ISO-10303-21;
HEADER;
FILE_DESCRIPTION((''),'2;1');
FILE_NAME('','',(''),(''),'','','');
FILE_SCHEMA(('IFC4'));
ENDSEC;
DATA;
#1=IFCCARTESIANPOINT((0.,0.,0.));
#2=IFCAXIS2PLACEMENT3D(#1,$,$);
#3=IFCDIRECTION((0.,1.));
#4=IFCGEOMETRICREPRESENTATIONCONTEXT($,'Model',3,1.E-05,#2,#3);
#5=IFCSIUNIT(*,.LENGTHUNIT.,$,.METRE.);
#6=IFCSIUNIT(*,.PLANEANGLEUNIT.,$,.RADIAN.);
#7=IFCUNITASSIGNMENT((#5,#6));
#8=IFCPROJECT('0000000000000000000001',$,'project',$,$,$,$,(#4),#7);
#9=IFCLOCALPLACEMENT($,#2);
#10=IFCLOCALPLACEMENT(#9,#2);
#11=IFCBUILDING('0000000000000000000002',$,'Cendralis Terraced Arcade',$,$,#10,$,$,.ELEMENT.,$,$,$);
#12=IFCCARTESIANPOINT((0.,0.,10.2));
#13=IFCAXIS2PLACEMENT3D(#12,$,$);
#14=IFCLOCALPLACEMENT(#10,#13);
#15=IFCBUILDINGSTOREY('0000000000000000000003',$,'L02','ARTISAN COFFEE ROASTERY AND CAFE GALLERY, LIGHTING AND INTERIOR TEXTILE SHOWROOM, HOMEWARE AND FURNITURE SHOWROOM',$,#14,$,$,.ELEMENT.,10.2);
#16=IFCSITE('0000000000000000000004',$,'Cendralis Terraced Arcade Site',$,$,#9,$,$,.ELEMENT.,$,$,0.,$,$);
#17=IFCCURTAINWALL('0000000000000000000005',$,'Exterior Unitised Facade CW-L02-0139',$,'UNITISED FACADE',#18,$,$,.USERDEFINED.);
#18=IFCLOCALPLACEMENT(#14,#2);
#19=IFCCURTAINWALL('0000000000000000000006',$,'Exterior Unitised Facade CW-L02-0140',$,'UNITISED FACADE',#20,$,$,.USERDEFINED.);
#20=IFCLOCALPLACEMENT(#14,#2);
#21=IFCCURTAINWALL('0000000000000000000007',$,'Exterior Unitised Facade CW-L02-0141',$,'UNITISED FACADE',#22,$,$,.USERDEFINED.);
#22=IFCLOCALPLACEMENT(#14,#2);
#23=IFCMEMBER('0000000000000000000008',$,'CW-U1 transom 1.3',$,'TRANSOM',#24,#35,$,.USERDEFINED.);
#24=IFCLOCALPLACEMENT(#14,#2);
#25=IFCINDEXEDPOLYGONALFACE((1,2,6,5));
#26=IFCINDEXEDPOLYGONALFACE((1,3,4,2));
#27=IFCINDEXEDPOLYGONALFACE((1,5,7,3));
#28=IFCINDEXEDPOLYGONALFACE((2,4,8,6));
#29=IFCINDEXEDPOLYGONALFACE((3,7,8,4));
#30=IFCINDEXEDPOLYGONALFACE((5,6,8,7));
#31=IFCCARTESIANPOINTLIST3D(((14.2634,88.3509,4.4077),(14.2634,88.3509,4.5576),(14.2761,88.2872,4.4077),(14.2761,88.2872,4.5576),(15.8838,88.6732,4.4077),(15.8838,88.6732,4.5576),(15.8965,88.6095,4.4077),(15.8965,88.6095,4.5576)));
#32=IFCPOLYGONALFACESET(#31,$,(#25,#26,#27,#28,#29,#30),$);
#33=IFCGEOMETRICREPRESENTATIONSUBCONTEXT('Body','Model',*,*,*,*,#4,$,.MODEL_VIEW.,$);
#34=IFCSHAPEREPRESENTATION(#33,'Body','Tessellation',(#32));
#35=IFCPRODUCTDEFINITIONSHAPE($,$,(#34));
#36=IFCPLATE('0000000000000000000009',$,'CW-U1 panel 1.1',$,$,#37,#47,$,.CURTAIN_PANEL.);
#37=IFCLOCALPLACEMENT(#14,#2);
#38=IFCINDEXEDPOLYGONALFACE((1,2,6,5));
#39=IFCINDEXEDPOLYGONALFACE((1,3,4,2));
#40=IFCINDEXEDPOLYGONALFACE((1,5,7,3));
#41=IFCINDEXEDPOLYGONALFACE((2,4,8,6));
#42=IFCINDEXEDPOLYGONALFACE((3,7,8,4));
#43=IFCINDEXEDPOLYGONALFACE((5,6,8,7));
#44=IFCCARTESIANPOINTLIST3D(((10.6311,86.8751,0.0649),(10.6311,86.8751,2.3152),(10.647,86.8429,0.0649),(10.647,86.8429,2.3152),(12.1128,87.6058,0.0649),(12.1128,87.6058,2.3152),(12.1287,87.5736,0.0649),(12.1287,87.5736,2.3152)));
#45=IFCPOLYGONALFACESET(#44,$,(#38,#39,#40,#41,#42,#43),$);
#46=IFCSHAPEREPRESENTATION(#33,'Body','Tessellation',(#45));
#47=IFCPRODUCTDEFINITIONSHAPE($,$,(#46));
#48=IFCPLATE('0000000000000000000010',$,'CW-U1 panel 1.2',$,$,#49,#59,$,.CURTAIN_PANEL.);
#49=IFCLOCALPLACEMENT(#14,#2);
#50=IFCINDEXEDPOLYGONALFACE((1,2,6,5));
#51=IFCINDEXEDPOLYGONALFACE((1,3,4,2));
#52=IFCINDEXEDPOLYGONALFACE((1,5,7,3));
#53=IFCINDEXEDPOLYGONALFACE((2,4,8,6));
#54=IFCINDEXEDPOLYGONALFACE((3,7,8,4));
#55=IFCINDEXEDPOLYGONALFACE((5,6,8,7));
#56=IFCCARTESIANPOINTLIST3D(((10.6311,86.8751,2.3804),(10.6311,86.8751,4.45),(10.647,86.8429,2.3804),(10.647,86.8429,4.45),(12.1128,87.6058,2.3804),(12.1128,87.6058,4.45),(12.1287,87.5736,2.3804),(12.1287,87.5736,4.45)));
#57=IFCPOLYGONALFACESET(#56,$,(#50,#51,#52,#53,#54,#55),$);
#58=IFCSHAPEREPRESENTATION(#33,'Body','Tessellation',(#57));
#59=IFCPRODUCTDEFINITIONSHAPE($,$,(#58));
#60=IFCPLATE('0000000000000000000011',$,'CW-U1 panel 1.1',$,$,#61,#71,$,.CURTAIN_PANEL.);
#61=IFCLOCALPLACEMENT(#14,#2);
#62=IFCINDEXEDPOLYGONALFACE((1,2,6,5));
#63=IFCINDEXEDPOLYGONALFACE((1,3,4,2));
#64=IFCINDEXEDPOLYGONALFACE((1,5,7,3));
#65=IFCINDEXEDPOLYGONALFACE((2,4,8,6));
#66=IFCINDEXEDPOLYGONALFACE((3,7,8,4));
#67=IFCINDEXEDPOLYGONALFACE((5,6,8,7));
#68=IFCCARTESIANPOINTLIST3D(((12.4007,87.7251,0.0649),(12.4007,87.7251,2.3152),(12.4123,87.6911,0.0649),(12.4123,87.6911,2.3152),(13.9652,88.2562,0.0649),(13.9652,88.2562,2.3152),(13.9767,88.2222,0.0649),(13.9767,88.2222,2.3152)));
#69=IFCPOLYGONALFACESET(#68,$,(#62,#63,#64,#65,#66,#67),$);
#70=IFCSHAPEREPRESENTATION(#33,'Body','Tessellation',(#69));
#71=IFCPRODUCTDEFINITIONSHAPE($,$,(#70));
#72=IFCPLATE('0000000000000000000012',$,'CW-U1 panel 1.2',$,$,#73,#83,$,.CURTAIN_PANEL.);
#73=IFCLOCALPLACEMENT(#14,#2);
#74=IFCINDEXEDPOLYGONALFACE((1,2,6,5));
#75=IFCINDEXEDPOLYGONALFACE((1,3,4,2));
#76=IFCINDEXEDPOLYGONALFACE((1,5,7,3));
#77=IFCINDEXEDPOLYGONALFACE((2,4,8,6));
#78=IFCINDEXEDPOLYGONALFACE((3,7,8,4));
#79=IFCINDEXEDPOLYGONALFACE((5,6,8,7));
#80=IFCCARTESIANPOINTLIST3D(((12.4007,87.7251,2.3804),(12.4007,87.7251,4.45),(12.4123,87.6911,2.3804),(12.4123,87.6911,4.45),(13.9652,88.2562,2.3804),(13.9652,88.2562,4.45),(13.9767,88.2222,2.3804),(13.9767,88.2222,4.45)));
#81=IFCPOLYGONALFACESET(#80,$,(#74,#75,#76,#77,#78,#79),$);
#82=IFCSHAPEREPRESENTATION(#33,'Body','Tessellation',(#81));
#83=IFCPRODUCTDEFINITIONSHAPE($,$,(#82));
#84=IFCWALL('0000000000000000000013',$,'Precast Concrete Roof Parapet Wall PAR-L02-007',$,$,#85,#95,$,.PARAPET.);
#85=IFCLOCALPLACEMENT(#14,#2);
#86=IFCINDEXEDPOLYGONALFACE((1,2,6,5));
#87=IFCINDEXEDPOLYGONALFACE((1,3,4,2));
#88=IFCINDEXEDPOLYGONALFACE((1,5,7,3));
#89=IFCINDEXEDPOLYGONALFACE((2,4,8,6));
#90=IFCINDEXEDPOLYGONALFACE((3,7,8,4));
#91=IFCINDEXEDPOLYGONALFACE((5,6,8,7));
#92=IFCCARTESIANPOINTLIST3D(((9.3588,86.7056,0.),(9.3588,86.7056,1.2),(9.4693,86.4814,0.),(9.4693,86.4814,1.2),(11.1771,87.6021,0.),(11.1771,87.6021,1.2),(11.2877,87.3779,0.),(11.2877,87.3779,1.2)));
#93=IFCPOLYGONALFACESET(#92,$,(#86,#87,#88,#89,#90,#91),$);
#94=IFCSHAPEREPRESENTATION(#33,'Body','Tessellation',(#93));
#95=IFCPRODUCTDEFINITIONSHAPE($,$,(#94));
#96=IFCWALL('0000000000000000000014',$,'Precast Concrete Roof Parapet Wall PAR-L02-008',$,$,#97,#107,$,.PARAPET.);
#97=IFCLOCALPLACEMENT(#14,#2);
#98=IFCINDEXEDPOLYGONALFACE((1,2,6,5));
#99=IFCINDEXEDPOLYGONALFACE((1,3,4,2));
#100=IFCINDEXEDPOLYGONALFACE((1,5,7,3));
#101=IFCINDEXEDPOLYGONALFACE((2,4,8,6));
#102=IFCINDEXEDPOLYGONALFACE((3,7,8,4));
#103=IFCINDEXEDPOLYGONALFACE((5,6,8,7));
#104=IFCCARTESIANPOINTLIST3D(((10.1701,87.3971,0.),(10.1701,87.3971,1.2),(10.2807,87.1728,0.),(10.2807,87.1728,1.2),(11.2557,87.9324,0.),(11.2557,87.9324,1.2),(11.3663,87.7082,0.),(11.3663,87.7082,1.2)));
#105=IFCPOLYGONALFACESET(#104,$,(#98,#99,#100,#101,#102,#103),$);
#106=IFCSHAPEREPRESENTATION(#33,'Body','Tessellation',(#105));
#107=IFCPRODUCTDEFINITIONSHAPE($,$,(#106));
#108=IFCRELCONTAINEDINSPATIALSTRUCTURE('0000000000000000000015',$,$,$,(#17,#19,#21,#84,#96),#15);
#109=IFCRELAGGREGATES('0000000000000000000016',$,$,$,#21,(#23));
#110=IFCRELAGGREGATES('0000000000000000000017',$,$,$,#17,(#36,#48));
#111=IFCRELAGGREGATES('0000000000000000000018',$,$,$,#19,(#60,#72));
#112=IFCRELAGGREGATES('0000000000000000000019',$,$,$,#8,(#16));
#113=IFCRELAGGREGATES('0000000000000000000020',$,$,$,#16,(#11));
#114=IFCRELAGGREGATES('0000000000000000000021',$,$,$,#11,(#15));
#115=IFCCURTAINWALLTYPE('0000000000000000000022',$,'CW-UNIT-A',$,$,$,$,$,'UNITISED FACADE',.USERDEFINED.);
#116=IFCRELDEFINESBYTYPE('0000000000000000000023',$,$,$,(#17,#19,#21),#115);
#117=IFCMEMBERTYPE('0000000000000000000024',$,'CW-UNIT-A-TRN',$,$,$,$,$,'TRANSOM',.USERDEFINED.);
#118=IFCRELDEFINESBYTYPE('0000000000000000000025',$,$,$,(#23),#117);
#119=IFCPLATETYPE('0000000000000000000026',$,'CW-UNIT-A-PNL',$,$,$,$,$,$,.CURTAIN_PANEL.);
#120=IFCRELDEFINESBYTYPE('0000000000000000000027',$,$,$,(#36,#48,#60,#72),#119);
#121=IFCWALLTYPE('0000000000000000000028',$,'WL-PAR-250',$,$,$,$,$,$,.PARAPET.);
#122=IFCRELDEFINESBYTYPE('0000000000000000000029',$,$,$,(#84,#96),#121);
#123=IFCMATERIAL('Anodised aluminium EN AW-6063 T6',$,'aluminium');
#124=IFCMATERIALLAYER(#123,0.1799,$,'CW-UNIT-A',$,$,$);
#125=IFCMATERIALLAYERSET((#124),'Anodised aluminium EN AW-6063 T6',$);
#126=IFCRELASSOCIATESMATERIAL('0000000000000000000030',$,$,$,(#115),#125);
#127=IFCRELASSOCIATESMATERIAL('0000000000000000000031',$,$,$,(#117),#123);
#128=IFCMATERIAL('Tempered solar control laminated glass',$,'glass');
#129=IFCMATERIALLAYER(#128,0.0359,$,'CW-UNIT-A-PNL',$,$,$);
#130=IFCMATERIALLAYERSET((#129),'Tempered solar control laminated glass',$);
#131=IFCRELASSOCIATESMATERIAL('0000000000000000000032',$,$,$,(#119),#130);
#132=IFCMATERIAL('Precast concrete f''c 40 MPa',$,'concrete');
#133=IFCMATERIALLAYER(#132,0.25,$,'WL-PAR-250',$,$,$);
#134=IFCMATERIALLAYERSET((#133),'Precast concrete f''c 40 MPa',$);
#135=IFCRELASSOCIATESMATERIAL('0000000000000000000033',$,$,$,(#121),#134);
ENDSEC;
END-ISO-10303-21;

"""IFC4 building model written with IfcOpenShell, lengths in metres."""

from ifc_helpers import new_model, si_unit, direction, frame, frame_2d, origin, origin_2d, place, context, subcontext, project, spatial, rectangle, extrude, material, layer, layer_set, material_profile, profile_set, type_object, element, aggregate, save


model = new_model("IFC4")

# Units and contexts
model_context = context("Model", 3, precision=1e-05, world=origin(), true_north=direction((0.0, 1.0)))
body_context = subcontext(model_context, "Body", "Model", "MODEL_VIEW")
ifc_project = project(units=[si_unit("LENGTHUNIT", "METRE"), si_unit("PLANEANGLEUNIT", "RADIAN")], contexts=[model_context])

# Site, building, storey
site_placement = place(None, origin())
site = spatial("IfcSite", under=ifc_project, at=site_placement, Name="Cendralis Terraced Arcade Site", CompositionType="ELEMENT", RefElevation=0.0)
building_placement = place(site_placement, origin())
building = spatial("IfcBuilding", under=site, at=building_placement, Name="Cendralis Terraced Arcade", CompositionType="ELEMENT")
storey_placement = place(building_placement, frame((0.0, 0.0, 10.2)))
storey = spatial("IfcBuildingStorey", under=building, at=storey_placement, Name="L02", Description="ARTISAN COFFEE ROASTERY AND CAFE GALLERY, LIGHTING AND INTERIOR TEXTILE SHOWROOM, HOMEWARE AND FURNITURE SHOWROOM", CompositionType="ELEMENT", Elevation=10.2)

# Shared definitions
ifc_material_1 = material(Name="Anodised aluminium EN AW-6063 T6", Category="aluminium")
ifc_layer_1 = layer(ifc_material_1, 0.1799, Name="CW-UNIT-A")
ifc_layer_set_1 = layer_set([ifc_layer_1], Name="Anodised aluminium EN AW-6063 T6")
curtain_wall_type = type_object("IfcCurtainWallType", Name="CW-UNIT-A", ElementType="UNITISED FACADE", PredefinedType="USERDEFINED", material=ifc_layer_set_1)

# Curtain walls
curtain_wall_1_placement = place(storey_placement, origin())
curtain_wall_1 = element("IfcCurtainWall", 1, at=curtain_wall_1_placement, inside=storey, type_object=curtain_wall_type, Name="Exterior Unitised Facade CW-L02-0139", ObjectType="UNITISED FACADE", PredefinedType="USERDEFINED")
curtain_wall_2_placement = place(storey_placement, origin())
curtain_wall_2 = element("IfcCurtainWall", 2, at=curtain_wall_2_placement, inside=storey, type_object=curtain_wall_type, Name="Exterior Unitised Facade CW-L02-0140", ObjectType="UNITISED FACADE", PredefinedType="USERDEFINED")

# Curtain wall
curtain_wall_3_placement = place(storey_placement, origin())
curtain_wall_3 = element("IfcCurtainWall", 3, at=curtain_wall_3_placement, inside=storey, type_object=curtain_wall_type, Name="Exterior Unitised Facade CW-L02-0141", ObjectType="UNITISED FACADE", PredefinedType="USERDEFINED")

# Member
ifc_material_profile_1 = material_profile(ifc_material_1, rectangle(XDim=0.0649, YDim=0.1499, at=origin_2d()), Name="ALU-TRN-65x150")
ifc_profile_set_1 = profile_set([ifc_material_profile_1], Name="Anodised aluminium EN AW-6063 T6")
member_type_1 = type_object("IfcMemberType", Name="CW-UNIT-A-TRN", ElementType="TRANSOM", PredefinedType="USERDEFINED", material=ifc_profile_set_1)
member_1_placement = place(storey_placement, frame((14.2698, 88.3191, 4.4827), z_axis=(0.98079, 0.195065, 0.0), x_axis=(-0.195065, 0.98079, 0.0)))
member_1 = element("IfcMember", 4, at=member_1_placement, type_object=member_type_1, Name="CW-U1 transom 1.3", ObjectType="TRANSOM", PredefinedType="USERDEFINED", context=body_context, shape_type="SweptSolid", body=[
    extrude(rectangle(XDim=0.0649, YDim=0.1499, at=origin_2d()), origin(), (0.0, 0.0, 1.0), 1.6521),
])
aggregate(curtain_wall_3, [member_1])

# Plates
ifc_material_2 = material(Name="Tempered solar control laminated glass", Category="glass")
ifc_layer_2 = layer(ifc_material_2, 0.0359, Name="CW-UNIT-A-PNL")
ifc_layer_set_2 = layer_set([ifc_layer_2], Name="Tempered solar control laminated glass")
plate_type = type_object("IfcPlateType", Name="CW-UNIT-A-PNL", PredefinedType="CURTAIN_PANEL", material=ifc_layer_set_2)
plate_1_placement = place(storey_placement, frame((11.3799, 87.2244, 0.0649), z_axis=(0.0, 0.0, 1.0), x_axis=(0.896871, 0.442291, 0.0)))
plate_1 = element("IfcPlate", 5, at=plate_1_placement, type_object=plate_type, Name="CW-U1 panel 1.1", PredefinedType="CURTAIN_PANEL", context=body_context, shape_type="SweptSolid", body=[
    extrude(rectangle(XDim=1.6521, YDim=0.0359, at=origin_2d()), origin(), (0.0, 0.0, 1.0), 2.2502),
])
plate_2_placement = place(storey_placement, frame((11.3799, 87.2244, 2.3804), z_axis=(0.0, 0.0, 1.0), x_axis=(0.896871, 0.442291, 0.0)))
plate_2 = element("IfcPlate", 6, at=plate_2_placement, type_object=plate_type, Name="CW-U1 panel 1.2", PredefinedType="CURTAIN_PANEL", context=body_context, shape_type="SweptSolid", body=[
    extrude(rectangle(XDim=1.6521, YDim=0.0359, at=origin_2d()), origin(), (0.0, 0.0, 1.0), 2.0696),
])
aggregate(curtain_wall_1, [plate_1, plate_2])
plate_3_placement = place(storey_placement, frame((13.1887, 87.9736, 0.0649), z_axis=(0.0, 0.0, 1.0), x_axis=(0.946924, 0.321458, 0.0)))
plate_3 = element("IfcPlate", 7, at=plate_3_placement, type_object=plate_type, Name="CW-U1 panel 1.1", PredefinedType="CURTAIN_PANEL", context=body_context, shape_type="SweptSolid", body=[
    extrude(rectangle(XDim=1.6521, YDim=0.0359, at=origin_2d()), origin(), (0.0, 0.0, 1.0), 2.2502),
])
plate_4_placement = place(storey_placement, frame((13.1887, 87.9736, 2.3804), z_axis=(0.0, 0.0, 1.0), x_axis=(0.946924, 0.321458, 0.0)))
plate_4 = element("IfcPlate", 8, at=plate_4_placement, type_object=plate_type, Name="CW-U1 panel 1.2", PredefinedType="CURTAIN_PANEL", context=body_context, shape_type="SweptSolid", body=[
    extrude(rectangle(XDim=1.6521, YDim=0.0359, at=origin_2d()), origin(), (0.0, 0.0, 1.0), 2.0696),
])
aggregate(curtain_wall_2, [plate_3, plate_4])

# Walls
ifc_material_3 = material(Name="Precast concrete f'c 40 MPa", Category="concrete")
ifc_layer_3 = layer(ifc_material_3, 0.25, Name="WL-PAR-250")
ifc_layer_set_3 = layer_set([ifc_layer_3], Name="Precast concrete f'c 40 MPa")
wall_type = type_object("IfcWallType", Name="WL-PAR-250", PredefinedType="PARAPET", material=ifc_layer_set_3)
wall_1_placement = place(storey_placement, frame((9.4141, 86.5935, 0.0), z_axis=(0.0, 0.0, 1.0), x_axis=(0.896918, 0.442197, 0.0)))
element("IfcWall", 9, at=wall_1_placement, inside=storey, type_object=wall_type, Name="Precast Concrete Roof Parapet Wall PAR-L02-007", PredefinedType="PARAPET", context=body_context, shape_type="SweptSolid", body=[
    extrude(rectangle(XDim=2.0273, YDim=0.25, at=frame_2d((1.0137, 0.0))), origin(), (0.0, 0.0, 1.0), 1.2),
])
wall_2_placement = place(storey_placement, frame((11.311, 87.8203, 0.0), z_axis=(0.0, 0.0, 1.0), x_axis=(-0.896874, -0.442286, 0.0)))
element("IfcWall", 10, at=wall_2_placement, inside=storey, type_object=wall_type, Name="Precast Concrete Roof Parapet Wall PAR-L02-008", PredefinedType="PARAPET", context=body_context, shape_type="SweptSolid", body=[
    extrude(rectangle(XDim=1.2104, YDim=0.25, at=frame_2d((0.6052, 0.0))), origin(), (0.0, 0.0, 1.0), 1.2),
])

save(model, "model.ifc")
